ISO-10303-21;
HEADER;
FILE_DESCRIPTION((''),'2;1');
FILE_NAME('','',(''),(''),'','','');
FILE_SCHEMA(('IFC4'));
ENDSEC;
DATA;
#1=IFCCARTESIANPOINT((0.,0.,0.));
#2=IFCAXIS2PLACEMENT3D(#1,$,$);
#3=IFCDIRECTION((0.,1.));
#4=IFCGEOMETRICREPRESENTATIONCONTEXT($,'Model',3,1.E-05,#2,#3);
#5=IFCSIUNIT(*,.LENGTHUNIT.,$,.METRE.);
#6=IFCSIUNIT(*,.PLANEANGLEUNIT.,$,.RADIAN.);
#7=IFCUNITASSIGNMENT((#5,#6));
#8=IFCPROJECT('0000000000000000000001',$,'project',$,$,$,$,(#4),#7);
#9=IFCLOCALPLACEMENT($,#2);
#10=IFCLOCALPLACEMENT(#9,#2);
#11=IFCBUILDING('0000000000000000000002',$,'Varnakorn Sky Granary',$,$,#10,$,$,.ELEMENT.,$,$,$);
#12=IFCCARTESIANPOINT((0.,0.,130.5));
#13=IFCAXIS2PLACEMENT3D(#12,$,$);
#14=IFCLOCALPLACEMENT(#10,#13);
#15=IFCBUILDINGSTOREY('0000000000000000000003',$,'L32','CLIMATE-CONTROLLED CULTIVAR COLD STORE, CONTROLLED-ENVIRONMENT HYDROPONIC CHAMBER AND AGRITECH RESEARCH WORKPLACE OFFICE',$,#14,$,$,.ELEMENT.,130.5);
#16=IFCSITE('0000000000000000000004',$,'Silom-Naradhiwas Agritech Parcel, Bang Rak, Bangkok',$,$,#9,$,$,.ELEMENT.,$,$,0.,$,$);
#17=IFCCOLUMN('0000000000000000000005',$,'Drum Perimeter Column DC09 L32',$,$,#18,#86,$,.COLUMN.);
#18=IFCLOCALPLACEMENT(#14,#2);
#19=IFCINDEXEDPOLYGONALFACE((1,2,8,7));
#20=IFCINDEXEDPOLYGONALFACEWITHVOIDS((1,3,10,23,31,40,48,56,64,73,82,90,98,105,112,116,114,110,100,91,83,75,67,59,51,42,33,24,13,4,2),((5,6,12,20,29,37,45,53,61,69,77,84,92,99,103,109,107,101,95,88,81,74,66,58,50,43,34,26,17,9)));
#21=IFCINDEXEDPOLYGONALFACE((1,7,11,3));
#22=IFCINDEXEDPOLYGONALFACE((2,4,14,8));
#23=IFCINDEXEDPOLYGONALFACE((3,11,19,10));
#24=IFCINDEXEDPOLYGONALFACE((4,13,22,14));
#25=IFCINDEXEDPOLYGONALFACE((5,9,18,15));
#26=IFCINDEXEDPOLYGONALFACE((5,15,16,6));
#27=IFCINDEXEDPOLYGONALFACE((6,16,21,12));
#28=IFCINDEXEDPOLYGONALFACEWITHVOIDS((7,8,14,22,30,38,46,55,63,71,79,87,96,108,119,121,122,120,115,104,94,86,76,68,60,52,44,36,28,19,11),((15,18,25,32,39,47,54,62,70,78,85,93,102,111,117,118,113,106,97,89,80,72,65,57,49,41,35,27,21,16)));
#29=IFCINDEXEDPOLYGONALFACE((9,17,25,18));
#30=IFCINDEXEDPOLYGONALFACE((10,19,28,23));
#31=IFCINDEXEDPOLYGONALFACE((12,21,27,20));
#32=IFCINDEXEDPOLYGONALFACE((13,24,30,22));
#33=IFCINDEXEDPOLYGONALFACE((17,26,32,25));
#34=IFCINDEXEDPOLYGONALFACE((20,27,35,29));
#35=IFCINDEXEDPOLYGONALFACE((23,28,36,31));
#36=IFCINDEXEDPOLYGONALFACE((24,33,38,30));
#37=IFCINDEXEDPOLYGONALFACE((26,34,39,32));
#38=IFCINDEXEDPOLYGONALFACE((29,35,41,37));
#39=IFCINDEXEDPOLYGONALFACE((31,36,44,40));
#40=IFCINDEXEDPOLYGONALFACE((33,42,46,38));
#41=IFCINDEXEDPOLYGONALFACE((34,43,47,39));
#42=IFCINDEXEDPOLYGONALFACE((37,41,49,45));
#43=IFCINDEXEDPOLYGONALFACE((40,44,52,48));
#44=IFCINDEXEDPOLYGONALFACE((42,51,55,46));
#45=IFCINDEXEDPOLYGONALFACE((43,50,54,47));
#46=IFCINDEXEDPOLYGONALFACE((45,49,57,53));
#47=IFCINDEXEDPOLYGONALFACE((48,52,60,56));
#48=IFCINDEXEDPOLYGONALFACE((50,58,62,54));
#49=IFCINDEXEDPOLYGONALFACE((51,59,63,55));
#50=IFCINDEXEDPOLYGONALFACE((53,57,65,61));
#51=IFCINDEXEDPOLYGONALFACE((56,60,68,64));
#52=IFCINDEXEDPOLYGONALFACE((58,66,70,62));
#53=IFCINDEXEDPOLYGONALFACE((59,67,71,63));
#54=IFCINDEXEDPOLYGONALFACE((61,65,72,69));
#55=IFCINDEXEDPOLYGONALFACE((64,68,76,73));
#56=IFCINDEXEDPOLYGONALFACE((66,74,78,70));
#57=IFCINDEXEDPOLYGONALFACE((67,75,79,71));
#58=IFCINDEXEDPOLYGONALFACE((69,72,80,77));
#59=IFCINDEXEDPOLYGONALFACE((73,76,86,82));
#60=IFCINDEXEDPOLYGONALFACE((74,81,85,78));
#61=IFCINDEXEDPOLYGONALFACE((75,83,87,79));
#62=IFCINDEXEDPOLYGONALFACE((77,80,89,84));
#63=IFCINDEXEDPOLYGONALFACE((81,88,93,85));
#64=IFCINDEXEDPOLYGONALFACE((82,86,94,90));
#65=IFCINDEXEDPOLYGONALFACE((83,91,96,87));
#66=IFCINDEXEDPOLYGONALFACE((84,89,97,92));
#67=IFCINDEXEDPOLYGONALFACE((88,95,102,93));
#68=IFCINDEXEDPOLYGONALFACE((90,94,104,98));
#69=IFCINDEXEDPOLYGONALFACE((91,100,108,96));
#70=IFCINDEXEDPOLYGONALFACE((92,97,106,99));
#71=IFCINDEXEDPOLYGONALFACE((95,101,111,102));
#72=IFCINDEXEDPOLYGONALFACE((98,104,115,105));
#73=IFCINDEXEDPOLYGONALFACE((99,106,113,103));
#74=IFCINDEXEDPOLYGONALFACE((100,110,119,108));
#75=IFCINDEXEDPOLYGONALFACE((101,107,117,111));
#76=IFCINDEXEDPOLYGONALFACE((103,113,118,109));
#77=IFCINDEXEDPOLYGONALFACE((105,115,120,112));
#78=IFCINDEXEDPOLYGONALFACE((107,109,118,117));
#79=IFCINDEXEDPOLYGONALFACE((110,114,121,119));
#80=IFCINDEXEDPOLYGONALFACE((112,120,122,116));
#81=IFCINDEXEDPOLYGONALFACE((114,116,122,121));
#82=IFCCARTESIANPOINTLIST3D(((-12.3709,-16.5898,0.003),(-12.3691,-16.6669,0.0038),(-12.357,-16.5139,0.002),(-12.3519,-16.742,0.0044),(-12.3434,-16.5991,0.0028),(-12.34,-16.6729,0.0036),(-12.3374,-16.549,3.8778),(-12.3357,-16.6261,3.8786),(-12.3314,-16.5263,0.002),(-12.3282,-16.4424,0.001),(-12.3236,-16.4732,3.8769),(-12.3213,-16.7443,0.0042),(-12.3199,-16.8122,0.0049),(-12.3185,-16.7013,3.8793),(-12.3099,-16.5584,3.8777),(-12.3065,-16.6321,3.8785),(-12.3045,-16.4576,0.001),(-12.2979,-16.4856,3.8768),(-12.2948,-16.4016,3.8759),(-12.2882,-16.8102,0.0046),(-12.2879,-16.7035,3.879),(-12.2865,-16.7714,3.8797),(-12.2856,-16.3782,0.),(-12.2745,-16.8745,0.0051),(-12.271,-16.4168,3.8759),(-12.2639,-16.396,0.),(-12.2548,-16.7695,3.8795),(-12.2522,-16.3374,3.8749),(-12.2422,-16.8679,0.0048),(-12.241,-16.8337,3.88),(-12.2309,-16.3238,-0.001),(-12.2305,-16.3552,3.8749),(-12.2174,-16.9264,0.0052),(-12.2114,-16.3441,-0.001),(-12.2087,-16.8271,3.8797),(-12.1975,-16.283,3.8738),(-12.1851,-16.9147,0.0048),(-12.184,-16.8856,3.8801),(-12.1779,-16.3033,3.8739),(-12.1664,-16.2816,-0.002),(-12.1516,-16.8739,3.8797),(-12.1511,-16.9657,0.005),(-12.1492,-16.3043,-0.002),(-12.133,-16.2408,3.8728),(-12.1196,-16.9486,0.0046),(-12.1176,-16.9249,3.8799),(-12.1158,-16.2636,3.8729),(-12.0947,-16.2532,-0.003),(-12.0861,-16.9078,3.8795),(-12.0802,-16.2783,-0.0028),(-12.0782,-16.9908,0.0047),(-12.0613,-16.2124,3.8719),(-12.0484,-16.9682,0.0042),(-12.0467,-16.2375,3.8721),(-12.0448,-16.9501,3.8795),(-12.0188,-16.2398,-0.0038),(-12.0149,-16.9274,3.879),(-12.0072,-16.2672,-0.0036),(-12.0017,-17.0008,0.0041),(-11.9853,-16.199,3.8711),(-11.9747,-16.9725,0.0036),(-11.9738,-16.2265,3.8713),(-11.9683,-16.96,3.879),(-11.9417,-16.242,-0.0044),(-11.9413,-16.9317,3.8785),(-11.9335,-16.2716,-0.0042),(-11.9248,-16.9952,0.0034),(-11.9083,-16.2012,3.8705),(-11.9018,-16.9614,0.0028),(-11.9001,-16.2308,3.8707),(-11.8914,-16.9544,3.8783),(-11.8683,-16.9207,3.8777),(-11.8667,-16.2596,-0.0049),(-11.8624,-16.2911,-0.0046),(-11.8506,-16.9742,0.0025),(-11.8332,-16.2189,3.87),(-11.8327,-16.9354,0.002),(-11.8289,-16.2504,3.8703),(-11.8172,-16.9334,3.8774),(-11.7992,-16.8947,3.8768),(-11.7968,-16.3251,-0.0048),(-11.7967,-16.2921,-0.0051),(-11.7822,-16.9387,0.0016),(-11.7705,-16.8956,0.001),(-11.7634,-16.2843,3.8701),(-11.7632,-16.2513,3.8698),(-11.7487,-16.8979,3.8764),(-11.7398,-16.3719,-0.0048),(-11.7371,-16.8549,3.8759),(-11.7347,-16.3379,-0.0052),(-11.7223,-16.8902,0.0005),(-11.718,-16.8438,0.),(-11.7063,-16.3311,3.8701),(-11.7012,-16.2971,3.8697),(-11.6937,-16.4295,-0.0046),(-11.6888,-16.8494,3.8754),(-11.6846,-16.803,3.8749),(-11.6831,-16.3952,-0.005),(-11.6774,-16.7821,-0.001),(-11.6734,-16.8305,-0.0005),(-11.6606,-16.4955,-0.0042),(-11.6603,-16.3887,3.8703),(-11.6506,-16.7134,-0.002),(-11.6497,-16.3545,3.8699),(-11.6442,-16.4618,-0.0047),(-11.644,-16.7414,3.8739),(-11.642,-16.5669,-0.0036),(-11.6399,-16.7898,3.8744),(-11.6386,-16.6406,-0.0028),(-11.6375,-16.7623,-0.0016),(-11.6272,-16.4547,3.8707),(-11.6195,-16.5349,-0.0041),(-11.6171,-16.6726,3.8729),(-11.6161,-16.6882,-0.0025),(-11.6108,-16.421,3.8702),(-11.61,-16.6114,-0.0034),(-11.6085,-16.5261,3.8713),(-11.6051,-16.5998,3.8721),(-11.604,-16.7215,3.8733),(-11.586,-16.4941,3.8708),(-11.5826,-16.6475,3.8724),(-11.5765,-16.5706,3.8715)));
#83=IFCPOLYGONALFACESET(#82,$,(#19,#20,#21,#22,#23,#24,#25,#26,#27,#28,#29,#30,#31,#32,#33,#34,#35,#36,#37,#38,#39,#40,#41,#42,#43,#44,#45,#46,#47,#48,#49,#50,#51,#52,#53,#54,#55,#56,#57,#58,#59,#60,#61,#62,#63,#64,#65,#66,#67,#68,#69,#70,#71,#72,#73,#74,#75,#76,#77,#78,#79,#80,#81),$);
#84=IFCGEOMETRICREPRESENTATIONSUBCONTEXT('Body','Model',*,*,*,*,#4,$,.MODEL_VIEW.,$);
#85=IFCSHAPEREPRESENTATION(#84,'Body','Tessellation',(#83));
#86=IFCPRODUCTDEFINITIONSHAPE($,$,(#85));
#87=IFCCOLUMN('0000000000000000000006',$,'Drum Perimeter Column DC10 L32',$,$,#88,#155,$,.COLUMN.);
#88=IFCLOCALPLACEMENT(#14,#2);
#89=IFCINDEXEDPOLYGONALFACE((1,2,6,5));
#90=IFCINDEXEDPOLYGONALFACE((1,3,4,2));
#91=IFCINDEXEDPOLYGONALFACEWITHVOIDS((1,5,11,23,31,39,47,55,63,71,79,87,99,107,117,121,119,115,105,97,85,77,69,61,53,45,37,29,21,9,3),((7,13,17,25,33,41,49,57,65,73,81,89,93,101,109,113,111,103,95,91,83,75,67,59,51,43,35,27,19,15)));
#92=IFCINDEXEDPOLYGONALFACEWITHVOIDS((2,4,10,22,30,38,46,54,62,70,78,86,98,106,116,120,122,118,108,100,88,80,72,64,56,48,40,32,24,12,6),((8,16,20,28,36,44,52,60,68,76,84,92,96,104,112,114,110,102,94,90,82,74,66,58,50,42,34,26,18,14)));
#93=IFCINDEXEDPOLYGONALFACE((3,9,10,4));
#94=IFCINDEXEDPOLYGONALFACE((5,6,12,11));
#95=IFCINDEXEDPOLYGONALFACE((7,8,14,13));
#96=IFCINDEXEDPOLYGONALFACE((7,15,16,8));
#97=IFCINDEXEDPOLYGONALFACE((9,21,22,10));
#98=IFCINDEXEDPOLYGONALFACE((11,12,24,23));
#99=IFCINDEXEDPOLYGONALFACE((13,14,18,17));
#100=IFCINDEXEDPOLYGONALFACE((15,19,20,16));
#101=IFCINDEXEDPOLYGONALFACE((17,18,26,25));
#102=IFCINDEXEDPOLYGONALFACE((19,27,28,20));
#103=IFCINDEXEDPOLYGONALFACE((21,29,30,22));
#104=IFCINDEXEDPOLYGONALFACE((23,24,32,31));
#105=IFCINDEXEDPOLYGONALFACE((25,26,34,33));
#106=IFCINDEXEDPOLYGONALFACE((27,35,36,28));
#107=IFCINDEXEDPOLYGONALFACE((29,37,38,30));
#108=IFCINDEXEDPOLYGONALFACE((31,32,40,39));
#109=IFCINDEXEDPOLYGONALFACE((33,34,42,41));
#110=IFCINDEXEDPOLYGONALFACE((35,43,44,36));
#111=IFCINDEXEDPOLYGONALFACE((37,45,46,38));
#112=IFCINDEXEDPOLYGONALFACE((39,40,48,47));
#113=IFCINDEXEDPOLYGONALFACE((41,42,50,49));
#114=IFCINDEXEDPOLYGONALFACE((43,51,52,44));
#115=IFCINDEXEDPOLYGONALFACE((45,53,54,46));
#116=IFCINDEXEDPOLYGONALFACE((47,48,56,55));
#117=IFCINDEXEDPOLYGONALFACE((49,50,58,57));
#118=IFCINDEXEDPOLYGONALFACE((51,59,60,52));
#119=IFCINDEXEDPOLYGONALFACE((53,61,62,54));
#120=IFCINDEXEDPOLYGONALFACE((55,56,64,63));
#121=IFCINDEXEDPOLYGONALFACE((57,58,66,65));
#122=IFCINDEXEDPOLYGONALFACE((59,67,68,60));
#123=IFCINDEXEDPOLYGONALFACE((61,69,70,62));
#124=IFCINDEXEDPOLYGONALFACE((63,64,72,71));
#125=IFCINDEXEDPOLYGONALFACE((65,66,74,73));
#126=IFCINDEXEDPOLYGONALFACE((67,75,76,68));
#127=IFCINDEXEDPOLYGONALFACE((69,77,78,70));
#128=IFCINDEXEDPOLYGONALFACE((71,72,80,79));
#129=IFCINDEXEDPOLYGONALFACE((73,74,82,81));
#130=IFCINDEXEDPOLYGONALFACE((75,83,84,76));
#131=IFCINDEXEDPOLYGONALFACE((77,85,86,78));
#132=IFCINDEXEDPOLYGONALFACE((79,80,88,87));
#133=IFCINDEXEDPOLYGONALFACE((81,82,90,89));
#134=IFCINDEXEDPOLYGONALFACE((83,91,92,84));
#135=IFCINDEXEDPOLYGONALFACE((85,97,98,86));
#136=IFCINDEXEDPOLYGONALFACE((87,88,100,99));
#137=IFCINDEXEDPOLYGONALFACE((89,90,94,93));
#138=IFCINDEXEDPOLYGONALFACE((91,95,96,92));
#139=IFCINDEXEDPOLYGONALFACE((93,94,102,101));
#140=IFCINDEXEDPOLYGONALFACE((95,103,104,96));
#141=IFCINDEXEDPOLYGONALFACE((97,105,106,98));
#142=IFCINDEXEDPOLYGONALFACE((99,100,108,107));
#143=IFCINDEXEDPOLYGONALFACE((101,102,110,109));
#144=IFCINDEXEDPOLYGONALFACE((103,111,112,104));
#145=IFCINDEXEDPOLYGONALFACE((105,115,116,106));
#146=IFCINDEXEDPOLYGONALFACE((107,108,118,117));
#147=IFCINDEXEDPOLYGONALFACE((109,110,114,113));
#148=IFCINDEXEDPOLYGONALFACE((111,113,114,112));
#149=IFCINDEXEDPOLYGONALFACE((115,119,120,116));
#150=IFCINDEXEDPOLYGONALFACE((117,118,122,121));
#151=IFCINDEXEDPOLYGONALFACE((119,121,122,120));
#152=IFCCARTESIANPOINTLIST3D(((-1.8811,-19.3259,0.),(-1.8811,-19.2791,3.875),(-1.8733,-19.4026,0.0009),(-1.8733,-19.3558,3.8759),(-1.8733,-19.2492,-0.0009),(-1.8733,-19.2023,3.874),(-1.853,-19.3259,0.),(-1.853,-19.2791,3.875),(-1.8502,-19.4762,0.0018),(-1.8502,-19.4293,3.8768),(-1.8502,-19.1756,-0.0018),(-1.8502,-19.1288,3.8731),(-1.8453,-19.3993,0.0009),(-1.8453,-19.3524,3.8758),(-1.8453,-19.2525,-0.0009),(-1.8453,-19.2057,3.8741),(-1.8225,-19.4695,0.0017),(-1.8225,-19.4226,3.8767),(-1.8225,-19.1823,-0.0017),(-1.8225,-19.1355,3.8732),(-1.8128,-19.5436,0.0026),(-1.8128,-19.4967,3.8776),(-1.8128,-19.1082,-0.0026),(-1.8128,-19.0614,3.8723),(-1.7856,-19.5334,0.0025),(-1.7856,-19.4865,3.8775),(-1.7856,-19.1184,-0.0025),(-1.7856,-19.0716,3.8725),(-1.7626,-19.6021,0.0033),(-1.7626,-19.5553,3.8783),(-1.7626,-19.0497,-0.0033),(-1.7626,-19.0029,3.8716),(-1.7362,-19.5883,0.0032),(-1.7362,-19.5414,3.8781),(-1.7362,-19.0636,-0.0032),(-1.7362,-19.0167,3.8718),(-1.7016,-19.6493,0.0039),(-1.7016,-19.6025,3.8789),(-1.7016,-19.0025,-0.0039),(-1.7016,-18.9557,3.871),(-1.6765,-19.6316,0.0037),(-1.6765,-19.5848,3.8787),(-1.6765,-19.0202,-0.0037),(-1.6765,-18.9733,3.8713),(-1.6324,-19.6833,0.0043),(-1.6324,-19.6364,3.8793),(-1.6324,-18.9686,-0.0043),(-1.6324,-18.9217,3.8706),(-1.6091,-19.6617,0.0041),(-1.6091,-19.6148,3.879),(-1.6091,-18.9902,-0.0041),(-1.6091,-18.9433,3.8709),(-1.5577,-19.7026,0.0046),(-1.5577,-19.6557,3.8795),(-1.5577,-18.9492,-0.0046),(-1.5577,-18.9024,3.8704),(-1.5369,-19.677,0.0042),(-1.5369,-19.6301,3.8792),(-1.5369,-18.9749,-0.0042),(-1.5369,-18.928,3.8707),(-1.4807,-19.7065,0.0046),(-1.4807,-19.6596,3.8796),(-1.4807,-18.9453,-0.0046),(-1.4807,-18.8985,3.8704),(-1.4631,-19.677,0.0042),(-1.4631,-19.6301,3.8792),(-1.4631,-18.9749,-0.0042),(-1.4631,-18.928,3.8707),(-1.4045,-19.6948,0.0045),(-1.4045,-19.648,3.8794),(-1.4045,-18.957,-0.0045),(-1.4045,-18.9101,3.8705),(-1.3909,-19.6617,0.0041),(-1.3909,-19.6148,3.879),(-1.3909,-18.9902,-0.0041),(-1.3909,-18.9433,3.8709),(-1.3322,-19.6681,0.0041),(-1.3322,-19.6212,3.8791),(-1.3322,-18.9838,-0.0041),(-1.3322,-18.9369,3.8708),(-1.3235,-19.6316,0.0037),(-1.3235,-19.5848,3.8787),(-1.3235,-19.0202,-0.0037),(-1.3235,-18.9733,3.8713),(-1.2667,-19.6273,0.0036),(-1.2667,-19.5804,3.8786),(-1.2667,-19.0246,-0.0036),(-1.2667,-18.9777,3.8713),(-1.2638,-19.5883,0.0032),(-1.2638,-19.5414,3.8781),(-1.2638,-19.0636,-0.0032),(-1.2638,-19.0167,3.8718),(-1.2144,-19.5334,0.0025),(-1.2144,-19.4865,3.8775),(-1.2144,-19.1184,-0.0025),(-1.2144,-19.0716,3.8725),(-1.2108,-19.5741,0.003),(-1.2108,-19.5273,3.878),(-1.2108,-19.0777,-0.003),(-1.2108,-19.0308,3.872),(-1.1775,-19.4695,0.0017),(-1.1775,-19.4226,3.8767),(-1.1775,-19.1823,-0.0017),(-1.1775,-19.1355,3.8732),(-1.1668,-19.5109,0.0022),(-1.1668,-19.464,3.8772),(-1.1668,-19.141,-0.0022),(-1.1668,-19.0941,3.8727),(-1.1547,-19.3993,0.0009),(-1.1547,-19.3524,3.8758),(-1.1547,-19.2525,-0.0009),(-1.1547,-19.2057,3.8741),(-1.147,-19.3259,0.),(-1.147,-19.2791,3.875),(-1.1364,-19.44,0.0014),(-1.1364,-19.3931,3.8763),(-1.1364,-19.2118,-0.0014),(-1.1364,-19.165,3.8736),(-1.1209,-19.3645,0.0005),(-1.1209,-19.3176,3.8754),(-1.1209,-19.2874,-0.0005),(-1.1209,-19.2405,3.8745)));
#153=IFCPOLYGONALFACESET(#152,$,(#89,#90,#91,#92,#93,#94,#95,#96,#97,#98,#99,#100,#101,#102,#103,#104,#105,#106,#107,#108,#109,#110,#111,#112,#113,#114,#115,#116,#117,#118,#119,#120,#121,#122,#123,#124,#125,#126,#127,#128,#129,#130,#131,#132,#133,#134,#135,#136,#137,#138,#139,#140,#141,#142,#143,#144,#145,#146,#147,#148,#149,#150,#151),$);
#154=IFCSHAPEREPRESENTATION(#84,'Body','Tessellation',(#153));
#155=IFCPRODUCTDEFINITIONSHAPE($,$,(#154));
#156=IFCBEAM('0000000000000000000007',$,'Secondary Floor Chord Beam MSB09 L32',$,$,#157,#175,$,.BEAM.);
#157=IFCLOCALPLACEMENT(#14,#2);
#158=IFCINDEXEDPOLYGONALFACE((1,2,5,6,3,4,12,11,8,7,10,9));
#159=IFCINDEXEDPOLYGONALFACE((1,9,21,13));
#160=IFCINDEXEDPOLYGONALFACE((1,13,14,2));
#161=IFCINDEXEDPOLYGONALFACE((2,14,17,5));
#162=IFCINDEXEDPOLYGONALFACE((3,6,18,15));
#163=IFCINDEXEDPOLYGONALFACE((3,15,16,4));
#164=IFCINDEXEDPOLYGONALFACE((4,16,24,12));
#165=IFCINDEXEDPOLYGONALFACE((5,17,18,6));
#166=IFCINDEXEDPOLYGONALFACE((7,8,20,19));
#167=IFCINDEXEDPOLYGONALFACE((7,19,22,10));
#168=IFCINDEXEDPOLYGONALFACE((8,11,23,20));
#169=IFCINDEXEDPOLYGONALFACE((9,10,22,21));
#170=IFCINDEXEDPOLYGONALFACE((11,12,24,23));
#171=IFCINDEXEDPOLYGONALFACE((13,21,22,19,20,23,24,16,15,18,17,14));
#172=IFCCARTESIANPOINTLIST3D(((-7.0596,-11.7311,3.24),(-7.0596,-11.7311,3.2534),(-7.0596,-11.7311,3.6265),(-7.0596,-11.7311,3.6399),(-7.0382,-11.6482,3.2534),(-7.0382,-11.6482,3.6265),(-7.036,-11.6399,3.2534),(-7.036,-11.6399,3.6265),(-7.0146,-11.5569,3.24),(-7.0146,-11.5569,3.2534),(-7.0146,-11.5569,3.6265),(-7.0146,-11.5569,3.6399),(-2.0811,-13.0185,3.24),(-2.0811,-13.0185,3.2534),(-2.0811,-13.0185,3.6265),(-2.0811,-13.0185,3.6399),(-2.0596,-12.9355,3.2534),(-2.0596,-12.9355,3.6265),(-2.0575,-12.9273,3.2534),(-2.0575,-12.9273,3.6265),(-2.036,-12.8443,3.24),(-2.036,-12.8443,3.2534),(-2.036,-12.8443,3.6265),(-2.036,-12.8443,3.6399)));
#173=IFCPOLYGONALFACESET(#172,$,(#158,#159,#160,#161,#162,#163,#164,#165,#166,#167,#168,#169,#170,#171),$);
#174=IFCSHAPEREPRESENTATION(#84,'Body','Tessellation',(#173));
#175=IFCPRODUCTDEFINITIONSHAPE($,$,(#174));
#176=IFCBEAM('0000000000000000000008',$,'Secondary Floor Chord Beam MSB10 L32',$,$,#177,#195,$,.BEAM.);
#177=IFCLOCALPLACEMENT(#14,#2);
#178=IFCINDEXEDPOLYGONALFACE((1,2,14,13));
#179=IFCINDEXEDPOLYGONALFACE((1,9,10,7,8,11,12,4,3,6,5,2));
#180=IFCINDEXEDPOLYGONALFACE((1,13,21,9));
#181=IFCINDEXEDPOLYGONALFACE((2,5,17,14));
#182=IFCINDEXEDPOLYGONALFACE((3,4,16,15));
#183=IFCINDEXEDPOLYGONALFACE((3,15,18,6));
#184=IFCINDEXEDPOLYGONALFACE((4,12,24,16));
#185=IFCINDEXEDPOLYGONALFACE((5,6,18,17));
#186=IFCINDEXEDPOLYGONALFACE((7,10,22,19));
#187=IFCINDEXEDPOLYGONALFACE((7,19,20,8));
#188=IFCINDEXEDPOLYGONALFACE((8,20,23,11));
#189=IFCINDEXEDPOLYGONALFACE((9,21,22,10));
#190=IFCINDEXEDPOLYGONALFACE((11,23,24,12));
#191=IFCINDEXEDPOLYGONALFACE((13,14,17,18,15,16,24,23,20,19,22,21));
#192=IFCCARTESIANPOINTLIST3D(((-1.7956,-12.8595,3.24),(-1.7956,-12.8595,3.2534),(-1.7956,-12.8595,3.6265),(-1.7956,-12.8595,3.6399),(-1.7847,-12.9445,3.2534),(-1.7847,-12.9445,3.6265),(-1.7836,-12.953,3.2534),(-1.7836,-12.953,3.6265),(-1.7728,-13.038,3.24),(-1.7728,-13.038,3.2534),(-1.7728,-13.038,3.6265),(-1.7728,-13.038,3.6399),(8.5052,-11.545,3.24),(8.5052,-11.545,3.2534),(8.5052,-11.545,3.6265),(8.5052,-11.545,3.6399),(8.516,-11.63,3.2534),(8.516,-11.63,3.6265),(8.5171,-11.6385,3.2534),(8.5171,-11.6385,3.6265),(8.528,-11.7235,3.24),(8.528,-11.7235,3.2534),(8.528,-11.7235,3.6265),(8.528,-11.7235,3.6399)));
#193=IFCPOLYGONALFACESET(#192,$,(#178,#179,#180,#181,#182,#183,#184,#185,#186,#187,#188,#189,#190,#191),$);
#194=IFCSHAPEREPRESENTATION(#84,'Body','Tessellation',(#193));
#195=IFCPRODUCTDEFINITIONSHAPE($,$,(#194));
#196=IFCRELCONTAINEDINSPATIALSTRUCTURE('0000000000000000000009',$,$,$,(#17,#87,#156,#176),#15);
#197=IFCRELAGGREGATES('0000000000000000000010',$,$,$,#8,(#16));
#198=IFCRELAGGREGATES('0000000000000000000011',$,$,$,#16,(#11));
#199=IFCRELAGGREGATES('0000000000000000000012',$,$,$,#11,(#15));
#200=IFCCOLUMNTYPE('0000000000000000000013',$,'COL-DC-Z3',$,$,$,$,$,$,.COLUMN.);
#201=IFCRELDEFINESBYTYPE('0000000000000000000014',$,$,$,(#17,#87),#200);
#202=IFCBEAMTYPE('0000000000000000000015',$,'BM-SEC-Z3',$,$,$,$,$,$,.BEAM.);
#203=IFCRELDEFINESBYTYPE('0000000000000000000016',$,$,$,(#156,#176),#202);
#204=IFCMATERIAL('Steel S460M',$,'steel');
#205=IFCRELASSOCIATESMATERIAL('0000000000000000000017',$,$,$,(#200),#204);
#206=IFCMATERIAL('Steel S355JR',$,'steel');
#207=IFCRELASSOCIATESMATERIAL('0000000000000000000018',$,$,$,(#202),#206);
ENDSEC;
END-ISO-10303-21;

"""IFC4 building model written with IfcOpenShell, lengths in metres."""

from ifc_helpers import new_model, si_unit, direction, frame, origin, origin_2d, place, context, subcontext, project, spatial, hollow_circle, i_section, extrude, material, material_profile, profile_set, type_object, element, save


model = new_model("IFC4")

# Units and contexts
model_context = context("Model", 3, precision=1e-05, world=origin(), true_north=direction((0.0, 1.0)))
body_context = subcontext(model_context, "Body", "Model", "MODEL_VIEW")
ifc_project = project(units=[si_unit("LENGTHUNIT", "METRE"), si_unit("PLANEANGLEUNIT", "RADIAN")], contexts=[model_context])

# Site, building, storey
site_placement = place(None, origin())
site = spatial("IfcSite", under=ifc_project, at=site_placement, Name="Silom-Naradhiwas Agritech Parcel, Bang Rak, Bangkok", CompositionType="ELEMENT", RefElevation=0.0)
building_placement = place(site_placement, origin())
building = spatial("IfcBuilding", under=site, at=building_placement, Name="Varnakorn Sky Granary", CompositionType="ELEMENT")
storey_placement = place(building_placement, frame((0.0, 0.0, 130.5)))
storey = spatial("IfcBuildingStorey", under=building, at=storey_placement, Name="L32", Description="CLIMATE-CONTROLLED CULTIVAR COLD STORE, CONTROLLED-ENVIRONMENT HYDROPONIC CHAMBER AND AGRITECH RESEARCH WORKPLACE OFFICE", CompositionType="ELEMENT", Elevation=130.5)

# Columns
ifc_material_1 = material(Name="Steel S460M", Category="steel")
ifc_material_profile_1 = material_profile(ifc_material_1, hollow_circle(Radius=0.3811, WallThickness=0.0281, at=origin_2d()), Name="CHS 762x28")
ifc_profile_set_1 = profile_set([ifc_material_profile_1], Name="Steel S460M")
column_type = type_object("IfcColumnType", Name="COL-DC-Z3", PredefinedType="COLUMN", material=ifc_profile_set_1)
for number, where, z_axis, x_axis, name in (
    (1, (-11.991, -16.6199, 0.0), (0.008631, 0.010521, 0.999907), (-0.773132, 0.634246, 0.0), "Drum Perimeter Column DC09 L32"),
    (2, (-1.5, -19.3259, 0.0), (0.0, 0.012096, 0.999927), (-1.0, 0.0, 0.0), "Drum Perimeter Column DC10 L32"),
):
    element("IfcColumn", number, at=place(storey_placement, frame(where, z_axis=z_axis, x_axis=x_axis)), inside=storey, type_object=column_type, Name=name, PredefinedType="COLUMN", context=body_context, shape_type="SweptSolid", body=[
        extrude(hollow_circle(Radius=0.3811, WallThickness=0.0281, at=origin_2d()), origin(), (0.0, 0.0, 1.0), 3.8752),
    ])

# Beams
ifc_material_2 = material(Name="Steel S355JR", Category="steel")
ifc_material_profile_2 = material_profile(ifc_material_2, i_section(OverallWidth=0.1799, OverallDepth=0.3999, WebThickness=0.0085, FlangeThickness=0.0134, at=origin_2d()), Name="IPE 400")
ifc_profile_set_2 = profile_set([ifc_material_profile_2], Name="Steel S355JR")
beam_type_1 = type_object("IfcBeamType", Name="BM-SEC-Z3", PredefinedType="BEAM", material=ifc_profile_set_2)
beam_1_placement = place(storey_placement, frame((-7.0371, -11.644, 3.4399), z_axis=(0.968156, -0.250348, 0.0), x_axis=(0.250348, 0.968156, 0.0)))
element("IfcBeam", 3, at=beam_1_placement, inside=storey, type_object=beam_type_1, Name="Secondary Floor Chord Beam MSB09 L32", PredefinedType="BEAM", context=body_context, shape_type="SweptSolid", body=[
    extrude(i_section(OverallWidth=0.1799, OverallDepth=0.3999, WebThickness=0.0085, FlangeThickness=0.0134, at=origin_2d()), origin(), (0.0, 0.0, 1.0), 5.1423),
])
beam_2_placement = place(storey_placement, frame((-1.7842, -12.9487, 3.4399), z_axis=(0.991956, 0.126581, 0.0), x_axis=(-0.126581, 0.991956, 0.0)))
element("IfcBeam", 4, at=beam_2_placement, inside=storey, type_object=beam_type_1, Name="Secondary Floor Chord Beam MSB10 L32", PredefinedType="BEAM", context=body_context, shape_type="SweptSolid", body=[
    extrude(i_section(OverallWidth=0.1799, OverallDepth=0.3999, WebThickness=0.0085, FlangeThickness=0.0134, at=origin_2d()), origin(), (0.0, 0.0, 1.0), 10.3843),
])

save(model, "model.ifc")
